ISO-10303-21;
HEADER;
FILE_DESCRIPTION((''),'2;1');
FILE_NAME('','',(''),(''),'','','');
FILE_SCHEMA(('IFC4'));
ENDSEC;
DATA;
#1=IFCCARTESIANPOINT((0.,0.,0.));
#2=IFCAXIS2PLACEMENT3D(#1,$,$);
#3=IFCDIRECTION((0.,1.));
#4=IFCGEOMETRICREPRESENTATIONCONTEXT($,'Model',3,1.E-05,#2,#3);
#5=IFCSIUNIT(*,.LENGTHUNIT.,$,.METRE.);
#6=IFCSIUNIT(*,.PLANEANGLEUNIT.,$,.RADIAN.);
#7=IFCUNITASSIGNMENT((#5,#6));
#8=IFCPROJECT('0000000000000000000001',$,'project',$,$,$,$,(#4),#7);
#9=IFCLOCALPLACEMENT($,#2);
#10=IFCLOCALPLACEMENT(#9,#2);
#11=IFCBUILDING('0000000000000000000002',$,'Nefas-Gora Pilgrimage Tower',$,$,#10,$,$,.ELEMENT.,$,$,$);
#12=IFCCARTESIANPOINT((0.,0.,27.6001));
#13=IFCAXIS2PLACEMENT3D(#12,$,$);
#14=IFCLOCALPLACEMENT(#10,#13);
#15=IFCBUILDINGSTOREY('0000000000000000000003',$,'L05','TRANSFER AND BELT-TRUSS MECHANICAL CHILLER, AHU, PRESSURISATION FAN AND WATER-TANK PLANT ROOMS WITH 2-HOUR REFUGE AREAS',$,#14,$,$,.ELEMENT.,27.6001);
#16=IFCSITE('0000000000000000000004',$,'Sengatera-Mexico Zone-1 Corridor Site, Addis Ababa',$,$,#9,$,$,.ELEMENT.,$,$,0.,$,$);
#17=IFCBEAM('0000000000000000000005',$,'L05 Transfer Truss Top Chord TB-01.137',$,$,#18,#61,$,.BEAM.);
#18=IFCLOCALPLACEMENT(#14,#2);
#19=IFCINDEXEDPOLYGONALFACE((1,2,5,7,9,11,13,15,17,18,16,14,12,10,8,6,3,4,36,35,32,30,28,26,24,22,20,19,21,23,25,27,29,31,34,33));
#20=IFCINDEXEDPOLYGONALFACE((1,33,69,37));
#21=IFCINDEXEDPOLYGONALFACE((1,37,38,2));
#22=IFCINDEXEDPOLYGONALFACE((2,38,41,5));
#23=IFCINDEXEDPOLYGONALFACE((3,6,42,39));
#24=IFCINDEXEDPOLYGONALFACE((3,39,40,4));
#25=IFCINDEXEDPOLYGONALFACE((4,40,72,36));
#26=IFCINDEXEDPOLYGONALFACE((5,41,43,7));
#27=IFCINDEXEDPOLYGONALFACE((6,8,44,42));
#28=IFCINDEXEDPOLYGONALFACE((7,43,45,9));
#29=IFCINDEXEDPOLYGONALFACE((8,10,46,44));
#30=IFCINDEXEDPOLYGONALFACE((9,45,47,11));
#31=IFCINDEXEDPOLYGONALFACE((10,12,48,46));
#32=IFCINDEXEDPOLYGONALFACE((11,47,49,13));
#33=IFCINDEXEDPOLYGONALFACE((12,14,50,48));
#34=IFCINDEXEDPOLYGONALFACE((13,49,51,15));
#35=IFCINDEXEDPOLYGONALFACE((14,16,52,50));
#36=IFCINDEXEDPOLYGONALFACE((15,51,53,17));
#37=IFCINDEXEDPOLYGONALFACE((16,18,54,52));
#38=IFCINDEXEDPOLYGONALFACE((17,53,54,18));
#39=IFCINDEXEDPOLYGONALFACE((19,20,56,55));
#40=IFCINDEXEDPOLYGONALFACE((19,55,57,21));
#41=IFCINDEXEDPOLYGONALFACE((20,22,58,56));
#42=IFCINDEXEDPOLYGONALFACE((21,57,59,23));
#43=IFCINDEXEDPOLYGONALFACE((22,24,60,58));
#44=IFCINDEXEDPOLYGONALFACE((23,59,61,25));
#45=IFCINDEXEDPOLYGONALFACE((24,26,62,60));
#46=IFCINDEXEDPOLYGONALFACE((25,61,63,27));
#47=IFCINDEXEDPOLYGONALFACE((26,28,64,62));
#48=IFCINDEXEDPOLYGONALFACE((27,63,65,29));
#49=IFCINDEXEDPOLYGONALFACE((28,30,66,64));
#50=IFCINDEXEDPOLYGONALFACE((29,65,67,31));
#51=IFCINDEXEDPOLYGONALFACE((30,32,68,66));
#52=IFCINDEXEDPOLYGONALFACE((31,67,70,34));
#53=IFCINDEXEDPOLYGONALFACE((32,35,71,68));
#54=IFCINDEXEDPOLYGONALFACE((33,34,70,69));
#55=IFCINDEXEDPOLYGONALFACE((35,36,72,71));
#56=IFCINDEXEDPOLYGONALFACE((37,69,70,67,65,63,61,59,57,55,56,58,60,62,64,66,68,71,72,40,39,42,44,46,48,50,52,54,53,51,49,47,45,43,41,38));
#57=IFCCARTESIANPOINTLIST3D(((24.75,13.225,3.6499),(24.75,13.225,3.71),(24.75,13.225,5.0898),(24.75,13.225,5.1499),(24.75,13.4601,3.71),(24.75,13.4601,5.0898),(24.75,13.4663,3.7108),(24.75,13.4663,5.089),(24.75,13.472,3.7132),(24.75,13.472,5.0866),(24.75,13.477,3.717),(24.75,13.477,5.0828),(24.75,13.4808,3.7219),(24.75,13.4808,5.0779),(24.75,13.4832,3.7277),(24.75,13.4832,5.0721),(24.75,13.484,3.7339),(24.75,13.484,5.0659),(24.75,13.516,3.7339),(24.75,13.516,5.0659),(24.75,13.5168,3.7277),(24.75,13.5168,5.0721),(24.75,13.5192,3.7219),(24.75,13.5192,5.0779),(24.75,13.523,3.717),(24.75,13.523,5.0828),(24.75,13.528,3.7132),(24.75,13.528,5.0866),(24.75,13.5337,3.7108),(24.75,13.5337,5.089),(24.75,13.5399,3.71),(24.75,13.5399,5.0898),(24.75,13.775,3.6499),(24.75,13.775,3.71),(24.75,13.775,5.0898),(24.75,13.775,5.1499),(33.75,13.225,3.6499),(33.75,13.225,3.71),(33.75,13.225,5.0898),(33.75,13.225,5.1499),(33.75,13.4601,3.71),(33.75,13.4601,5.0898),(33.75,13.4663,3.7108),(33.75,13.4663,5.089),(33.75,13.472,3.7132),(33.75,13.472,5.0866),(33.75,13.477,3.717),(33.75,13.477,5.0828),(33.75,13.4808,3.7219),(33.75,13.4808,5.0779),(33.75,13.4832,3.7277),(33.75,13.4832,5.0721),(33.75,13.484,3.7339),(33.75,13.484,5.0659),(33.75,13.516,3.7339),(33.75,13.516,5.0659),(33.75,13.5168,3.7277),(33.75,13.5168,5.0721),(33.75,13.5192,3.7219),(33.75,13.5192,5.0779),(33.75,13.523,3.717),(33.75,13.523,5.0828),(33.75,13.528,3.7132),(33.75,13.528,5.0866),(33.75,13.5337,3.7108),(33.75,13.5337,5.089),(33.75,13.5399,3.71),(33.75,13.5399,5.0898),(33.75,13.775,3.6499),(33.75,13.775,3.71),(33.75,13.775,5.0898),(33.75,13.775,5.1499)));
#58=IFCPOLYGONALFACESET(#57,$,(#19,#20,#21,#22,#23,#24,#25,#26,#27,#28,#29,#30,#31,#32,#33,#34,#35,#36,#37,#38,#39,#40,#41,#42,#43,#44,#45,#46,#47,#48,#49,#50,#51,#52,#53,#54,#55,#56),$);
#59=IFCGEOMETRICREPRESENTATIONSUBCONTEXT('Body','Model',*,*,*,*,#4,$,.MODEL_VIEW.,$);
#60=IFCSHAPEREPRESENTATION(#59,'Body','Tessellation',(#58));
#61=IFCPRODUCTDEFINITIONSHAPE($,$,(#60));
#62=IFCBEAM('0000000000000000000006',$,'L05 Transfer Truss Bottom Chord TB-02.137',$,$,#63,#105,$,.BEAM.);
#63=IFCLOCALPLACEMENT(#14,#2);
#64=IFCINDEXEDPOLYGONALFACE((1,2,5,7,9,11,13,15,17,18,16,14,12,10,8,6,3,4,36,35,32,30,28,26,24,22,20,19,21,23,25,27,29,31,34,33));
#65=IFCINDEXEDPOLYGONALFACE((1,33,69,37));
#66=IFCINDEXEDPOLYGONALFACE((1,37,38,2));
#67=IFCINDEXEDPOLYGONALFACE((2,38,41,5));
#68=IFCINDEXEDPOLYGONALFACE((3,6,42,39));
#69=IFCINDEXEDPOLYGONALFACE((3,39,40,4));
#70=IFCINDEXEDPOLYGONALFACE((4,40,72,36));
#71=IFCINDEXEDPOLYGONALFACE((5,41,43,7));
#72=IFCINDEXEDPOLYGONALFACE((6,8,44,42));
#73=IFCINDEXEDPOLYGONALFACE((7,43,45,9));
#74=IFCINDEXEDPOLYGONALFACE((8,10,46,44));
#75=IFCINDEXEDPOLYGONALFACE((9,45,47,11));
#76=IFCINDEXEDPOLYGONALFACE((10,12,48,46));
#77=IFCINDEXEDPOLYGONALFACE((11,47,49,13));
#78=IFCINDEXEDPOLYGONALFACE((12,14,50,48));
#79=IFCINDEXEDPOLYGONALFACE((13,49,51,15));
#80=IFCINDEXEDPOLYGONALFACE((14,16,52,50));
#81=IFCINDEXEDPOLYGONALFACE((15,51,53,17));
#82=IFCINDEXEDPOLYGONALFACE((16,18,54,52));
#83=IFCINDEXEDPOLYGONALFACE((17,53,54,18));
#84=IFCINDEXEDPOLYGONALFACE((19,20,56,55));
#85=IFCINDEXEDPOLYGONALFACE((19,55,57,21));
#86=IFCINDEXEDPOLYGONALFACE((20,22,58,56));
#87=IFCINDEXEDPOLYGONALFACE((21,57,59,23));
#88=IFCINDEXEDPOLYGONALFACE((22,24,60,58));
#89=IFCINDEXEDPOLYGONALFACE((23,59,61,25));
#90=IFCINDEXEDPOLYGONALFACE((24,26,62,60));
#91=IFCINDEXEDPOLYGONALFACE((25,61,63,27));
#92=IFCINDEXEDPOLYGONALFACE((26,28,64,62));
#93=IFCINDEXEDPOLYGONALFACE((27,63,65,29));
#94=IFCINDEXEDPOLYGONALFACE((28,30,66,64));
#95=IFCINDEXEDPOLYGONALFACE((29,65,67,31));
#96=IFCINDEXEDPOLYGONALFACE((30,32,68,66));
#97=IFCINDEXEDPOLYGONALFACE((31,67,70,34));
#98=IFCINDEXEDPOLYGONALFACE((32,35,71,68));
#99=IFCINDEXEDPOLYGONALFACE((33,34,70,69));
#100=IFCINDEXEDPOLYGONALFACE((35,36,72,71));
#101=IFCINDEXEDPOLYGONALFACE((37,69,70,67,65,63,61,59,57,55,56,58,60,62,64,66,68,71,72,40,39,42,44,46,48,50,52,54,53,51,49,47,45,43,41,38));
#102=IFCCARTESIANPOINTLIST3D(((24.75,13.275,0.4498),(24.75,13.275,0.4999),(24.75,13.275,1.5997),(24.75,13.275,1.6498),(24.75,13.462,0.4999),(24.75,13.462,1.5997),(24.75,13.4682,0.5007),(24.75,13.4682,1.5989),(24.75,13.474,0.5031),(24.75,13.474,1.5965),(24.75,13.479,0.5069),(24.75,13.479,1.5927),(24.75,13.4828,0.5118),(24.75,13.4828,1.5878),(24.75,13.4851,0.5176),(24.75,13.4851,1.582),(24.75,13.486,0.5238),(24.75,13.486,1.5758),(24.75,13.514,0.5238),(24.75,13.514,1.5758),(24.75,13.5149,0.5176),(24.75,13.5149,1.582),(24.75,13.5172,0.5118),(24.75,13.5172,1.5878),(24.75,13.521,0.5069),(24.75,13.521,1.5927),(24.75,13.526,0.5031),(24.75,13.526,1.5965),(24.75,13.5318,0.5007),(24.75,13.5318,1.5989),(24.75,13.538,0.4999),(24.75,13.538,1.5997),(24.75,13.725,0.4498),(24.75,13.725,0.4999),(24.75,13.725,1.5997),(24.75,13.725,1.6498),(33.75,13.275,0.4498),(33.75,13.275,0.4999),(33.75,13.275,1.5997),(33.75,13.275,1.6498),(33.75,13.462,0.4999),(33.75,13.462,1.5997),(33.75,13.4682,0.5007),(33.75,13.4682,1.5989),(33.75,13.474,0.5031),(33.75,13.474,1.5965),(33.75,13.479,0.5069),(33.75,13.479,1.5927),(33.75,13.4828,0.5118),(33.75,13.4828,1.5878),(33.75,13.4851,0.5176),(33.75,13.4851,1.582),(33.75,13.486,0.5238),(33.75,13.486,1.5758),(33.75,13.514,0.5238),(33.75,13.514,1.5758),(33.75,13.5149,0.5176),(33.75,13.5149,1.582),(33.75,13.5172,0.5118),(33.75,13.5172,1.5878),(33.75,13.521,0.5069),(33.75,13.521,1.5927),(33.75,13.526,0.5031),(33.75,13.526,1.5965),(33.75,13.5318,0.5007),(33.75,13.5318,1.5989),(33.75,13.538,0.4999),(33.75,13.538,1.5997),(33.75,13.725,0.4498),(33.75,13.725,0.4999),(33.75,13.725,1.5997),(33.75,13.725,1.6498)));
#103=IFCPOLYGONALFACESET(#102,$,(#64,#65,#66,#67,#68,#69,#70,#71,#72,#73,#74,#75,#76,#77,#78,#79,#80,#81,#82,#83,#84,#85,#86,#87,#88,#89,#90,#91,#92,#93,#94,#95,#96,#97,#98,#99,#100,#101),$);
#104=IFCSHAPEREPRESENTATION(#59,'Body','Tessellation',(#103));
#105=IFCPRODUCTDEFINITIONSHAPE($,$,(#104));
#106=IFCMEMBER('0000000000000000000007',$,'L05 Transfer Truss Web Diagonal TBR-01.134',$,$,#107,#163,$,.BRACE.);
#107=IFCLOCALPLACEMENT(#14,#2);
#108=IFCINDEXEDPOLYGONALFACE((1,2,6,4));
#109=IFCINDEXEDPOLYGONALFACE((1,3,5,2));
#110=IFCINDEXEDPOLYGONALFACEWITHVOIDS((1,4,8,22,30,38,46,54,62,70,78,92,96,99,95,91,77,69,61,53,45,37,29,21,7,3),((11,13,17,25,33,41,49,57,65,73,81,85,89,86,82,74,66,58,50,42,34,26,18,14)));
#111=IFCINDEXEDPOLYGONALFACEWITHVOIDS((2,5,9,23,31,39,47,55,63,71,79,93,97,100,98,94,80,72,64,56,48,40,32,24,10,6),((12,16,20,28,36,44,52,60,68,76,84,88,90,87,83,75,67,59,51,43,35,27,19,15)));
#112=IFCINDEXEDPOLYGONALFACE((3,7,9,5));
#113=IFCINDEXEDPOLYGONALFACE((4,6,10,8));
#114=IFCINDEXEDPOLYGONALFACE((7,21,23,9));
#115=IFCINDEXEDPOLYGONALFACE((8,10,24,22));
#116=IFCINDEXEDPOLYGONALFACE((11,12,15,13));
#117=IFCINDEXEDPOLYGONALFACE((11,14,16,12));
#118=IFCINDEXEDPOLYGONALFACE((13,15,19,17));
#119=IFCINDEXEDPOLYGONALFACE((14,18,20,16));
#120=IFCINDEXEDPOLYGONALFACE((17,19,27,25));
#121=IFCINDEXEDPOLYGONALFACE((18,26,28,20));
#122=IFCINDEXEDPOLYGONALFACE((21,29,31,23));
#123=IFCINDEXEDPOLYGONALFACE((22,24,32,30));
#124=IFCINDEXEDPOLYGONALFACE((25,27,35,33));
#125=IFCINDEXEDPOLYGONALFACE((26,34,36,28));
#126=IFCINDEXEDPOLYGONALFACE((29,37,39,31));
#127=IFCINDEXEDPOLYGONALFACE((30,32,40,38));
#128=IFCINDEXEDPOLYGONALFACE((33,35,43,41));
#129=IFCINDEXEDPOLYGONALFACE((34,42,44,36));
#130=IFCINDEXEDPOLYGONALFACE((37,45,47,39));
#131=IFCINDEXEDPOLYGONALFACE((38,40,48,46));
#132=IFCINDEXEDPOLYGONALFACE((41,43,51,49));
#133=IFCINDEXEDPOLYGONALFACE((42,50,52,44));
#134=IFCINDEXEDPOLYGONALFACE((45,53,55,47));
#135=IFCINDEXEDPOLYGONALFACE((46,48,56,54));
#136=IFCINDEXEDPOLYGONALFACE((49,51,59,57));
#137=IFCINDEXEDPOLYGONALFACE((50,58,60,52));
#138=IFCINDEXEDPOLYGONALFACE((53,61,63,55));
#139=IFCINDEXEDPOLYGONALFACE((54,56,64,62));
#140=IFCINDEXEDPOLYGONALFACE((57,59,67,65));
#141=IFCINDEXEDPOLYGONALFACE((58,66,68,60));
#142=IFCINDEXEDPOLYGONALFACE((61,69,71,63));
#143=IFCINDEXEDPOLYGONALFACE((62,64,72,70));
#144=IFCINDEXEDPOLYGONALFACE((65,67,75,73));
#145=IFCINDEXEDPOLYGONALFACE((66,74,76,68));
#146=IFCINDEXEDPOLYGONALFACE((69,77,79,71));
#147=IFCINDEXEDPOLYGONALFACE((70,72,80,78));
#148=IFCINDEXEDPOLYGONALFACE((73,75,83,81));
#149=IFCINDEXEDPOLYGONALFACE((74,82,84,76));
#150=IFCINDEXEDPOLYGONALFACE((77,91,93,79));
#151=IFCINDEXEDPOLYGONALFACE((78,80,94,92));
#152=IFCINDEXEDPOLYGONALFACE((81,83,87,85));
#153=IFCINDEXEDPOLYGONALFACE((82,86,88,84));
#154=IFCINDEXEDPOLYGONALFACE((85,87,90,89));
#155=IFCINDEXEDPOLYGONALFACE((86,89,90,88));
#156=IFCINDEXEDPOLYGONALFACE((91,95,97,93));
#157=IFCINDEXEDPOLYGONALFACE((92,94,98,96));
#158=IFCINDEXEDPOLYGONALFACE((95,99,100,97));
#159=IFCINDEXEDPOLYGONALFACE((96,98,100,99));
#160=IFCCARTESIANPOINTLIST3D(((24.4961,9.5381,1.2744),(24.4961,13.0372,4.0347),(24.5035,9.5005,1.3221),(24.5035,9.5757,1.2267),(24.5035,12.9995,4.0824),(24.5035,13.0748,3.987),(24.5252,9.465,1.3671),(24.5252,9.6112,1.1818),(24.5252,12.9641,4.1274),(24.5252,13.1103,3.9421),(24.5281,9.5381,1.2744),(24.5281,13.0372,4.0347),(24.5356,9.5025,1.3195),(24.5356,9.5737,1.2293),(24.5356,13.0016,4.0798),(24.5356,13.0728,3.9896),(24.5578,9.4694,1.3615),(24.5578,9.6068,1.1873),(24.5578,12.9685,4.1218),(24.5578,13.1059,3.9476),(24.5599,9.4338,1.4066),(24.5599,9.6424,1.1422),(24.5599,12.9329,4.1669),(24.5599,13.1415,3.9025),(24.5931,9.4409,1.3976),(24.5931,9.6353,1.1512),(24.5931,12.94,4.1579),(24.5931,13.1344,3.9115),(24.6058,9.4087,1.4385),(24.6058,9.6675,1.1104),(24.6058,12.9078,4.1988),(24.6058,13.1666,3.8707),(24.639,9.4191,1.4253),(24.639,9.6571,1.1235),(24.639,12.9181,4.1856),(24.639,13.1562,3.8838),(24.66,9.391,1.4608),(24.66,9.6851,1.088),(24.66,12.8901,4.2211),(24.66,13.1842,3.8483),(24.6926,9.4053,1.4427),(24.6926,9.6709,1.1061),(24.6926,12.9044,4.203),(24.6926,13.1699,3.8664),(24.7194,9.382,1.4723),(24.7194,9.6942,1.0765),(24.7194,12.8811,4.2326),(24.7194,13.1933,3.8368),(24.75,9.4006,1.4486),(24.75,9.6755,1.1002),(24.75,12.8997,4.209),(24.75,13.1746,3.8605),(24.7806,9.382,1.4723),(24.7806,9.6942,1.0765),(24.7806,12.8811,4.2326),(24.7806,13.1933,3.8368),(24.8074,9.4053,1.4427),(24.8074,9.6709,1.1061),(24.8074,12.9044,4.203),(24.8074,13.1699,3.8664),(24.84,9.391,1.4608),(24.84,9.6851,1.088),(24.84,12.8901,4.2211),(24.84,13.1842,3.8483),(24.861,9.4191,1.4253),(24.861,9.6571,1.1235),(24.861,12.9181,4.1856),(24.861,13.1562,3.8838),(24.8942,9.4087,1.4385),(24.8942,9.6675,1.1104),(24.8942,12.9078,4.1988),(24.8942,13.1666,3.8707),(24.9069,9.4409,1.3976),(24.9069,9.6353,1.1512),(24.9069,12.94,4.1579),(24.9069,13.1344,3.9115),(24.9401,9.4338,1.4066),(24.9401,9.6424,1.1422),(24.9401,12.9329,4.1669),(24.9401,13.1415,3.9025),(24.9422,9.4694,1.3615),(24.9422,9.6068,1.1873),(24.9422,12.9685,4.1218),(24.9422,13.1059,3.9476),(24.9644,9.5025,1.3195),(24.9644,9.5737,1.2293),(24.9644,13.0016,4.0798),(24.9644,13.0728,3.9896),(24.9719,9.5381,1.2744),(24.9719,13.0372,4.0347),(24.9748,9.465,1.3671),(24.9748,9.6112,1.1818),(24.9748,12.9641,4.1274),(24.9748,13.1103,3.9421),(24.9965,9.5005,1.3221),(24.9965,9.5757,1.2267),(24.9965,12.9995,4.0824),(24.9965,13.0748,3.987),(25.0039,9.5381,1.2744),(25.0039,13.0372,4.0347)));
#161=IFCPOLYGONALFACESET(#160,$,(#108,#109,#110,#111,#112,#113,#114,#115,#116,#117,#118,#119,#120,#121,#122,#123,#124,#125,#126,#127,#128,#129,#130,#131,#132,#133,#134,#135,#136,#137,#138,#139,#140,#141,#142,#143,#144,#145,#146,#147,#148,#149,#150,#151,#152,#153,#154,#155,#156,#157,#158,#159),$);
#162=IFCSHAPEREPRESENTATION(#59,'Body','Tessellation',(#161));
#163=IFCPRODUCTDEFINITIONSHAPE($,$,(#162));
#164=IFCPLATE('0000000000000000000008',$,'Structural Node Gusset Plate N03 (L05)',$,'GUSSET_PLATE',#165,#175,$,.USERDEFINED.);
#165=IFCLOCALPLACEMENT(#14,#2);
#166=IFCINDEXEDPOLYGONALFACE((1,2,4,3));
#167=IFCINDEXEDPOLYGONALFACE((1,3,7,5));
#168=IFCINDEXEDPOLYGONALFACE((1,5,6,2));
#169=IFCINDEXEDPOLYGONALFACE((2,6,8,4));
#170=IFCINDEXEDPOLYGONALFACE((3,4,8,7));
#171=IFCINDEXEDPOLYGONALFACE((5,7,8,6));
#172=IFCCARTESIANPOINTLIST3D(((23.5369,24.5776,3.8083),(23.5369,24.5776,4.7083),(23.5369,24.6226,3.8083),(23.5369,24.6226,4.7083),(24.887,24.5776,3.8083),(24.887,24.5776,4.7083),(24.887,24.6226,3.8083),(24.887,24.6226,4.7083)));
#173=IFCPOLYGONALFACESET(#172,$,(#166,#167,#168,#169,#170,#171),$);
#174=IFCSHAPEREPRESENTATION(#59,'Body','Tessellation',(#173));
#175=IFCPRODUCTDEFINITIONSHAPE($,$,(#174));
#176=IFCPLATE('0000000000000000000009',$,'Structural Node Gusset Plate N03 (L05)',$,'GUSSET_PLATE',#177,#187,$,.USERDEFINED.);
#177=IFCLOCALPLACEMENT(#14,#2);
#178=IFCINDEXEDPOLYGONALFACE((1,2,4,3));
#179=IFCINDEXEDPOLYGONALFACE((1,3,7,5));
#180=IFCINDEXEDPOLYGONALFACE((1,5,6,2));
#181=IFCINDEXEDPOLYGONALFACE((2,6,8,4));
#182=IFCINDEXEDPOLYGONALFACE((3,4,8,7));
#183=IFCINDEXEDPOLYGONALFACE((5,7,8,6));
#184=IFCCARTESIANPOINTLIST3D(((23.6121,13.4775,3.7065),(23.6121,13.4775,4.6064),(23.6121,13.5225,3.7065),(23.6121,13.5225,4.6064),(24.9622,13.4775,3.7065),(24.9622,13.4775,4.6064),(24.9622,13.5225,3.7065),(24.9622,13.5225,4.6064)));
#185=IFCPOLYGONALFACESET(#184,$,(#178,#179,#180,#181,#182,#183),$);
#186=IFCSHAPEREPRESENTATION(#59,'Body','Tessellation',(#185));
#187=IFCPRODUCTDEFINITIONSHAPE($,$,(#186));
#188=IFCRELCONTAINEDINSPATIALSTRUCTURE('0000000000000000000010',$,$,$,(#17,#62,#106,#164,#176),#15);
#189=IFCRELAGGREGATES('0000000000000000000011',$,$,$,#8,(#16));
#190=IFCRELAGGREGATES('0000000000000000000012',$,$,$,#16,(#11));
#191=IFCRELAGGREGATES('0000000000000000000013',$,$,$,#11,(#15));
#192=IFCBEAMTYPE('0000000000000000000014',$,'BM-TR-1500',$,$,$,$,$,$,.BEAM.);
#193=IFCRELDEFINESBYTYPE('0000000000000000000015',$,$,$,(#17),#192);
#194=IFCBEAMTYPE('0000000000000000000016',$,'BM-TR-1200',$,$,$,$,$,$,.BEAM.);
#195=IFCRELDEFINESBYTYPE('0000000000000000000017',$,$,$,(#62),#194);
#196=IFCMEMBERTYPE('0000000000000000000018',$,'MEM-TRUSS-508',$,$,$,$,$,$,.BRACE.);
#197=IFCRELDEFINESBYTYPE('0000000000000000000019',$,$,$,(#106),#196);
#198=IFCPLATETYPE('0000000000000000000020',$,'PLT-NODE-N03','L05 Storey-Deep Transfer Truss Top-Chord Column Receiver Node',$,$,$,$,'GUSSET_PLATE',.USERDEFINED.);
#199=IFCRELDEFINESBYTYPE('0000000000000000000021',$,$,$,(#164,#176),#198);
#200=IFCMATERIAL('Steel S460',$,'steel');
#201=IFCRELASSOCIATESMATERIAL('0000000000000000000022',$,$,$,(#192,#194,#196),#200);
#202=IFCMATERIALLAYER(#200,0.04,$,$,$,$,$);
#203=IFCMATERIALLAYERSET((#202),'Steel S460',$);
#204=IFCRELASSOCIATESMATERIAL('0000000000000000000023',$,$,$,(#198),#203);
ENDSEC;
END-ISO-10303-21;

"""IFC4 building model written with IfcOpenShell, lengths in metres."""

from ifc_helpers import new_model, si_unit, direction, frame, origin, origin_2d, place, context, subcontext, project, spatial, rectangle, hollow_circle, i_section, extrude, source, transform, mapped, material, layer, layer_set, material_profile, profile_set, type_object, element, save


model = new_model("IFC4")

# Units and contexts
model_context = context("Model", 3, precision=1e-05, world=origin(), true_north=direction((0.0, 1.0)))
body_context = subcontext(model_context, "Body", "Model", "MODEL_VIEW")
ifc_project = project(units=[si_unit("LENGTHUNIT", "METRE"), si_unit("PLANEANGLEUNIT", "RADIAN")], contexts=[model_context])

# Site, building, storey
site_placement = place(None, origin())
site = spatial("IfcSite", under=ifc_project, at=site_placement, Name="Sengatera-Mexico Zone-1 Corridor Site, Addis Ababa", CompositionType="ELEMENT", RefElevation=0.0)
building_placement = place(site_placement, origin())
building = spatial("IfcBuilding", under=site, at=building_placement, Name="Nefas-Gora Pilgrimage Tower", CompositionType="ELEMENT")
storey_placement = place(building_placement, frame((0.0, 0.0, 27.6001)))
storey = spatial("IfcBuildingStorey", under=building, at=storey_placement, Name="L05", Description="TRANSFER AND BELT-TRUSS MECHANICAL CHILLER, AHU, PRESSURISATION FAN AND WATER-TANK PLANT ROOMS WITH 2-HOUR REFUGE AREAS", CompositionType="ELEMENT", Elevation=27.6001)

# Shared definitions
ifc_material = material(Name="Steel S460", Category="steel")

# Shared definitions
ifc_material_profile_1 = material_profile(ifc_material, i_section(OverallWidth=0.55, OverallDepth=1.5, WebThickness=0.032, FlangeThickness=0.0601, FilletRadius=0.0239, at=origin_2d()), Name="WPG 1500x550x32x60")
ifc_profile_set_1 = profile_set([ifc_material_profile_1], Name="Steel S460")
beam_type_1 = type_object("IfcBeamType", Name="BM-TR-1500", PredefinedType="BEAM", material=ifc_profile_set_1)
ifc_material_profile_2 = material_profile(ifc_material, i_section(OverallWidth=0.45, OverallDepth=1.2, WebThickness=0.0281, FlangeThickness=0.05, FilletRadius=0.0239, at=origin_2d()), Name="WPG 1200x450x28x50")
ifc_profile_set_2 = profile_set([ifc_material_profile_2], Name="Steel S460")
beam_type_2 = type_object("IfcBeamType", Name="BM-TR-1200", PredefinedType="BEAM", material=ifc_profile_set_2)

# Shared definitions
ifc_material_profile_3 = material_profile(ifc_material, hollow_circle(Radius=0.2539, WallThickness=0.032, at=origin_2d()), Name="CHS 508x32")
ifc_profile_set_3 = profile_set([ifc_material_profile_3], Name="Steel S460")
member_type = type_object("IfcMemberType", Name="MEM-TRUSS-508", PredefinedType="BRACE", material=ifc_profile_set_3)

# Beams
shared_shape_1 = source(origin(), body_context, "Body", "SweptSolid", [
    extrude(i_section(OverallWidth=0.55, OverallDepth=1.5, WebThickness=0.032, FlangeThickness=0.0601, FilletRadius=0.0239, at=origin_2d()), origin(), (0.0, 0.0, 1.0), 9.0),
])
beam_1_placement = place(storey_placement, frame((24.75, 13.5, 4.3999), z_axis=(1.0, 0.0, 0.0), x_axis=(0.0, 1.0, 0.0)))
element("IfcBeam", 1, at=beam_1_placement, inside=storey, type_object=beam_type_1, Name="L05 Transfer Truss Top Chord TB-01.137", PredefinedType="BEAM", context=body_context, shape_type="MappedRepresentation", body=[
    mapped(shared_shape_1, transform((0.0, 0.0, 0.0), x_axis=(1.0, 0.0, 0.0), y_axis=(0.0, 1.0, 0.0), z_axis=(0.0, 0.0, 1.0), scale=1.0)),
])
shared_shape_2 = source(origin(), body_context, "Body", "SweptSolid", [
    extrude(i_section(OverallWidth=0.45, OverallDepth=1.2, WebThickness=0.0281, FlangeThickness=0.05, FilletRadius=0.0239, at=origin_2d()), origin(), (0.0, 0.0, 1.0), 9.0),
])
beam_2_placement = place(storey_placement, frame((24.75, 13.5, 1.0498), z_axis=(1.0, 0.0, 0.0), x_axis=(0.0, 1.0, 0.0)))
element("IfcBeam", 2, at=beam_2_placement, inside=storey, type_object=beam_type_2, Name="L05 Transfer Truss Bottom Chord TB-02.137", PredefinedType="BEAM", context=body_context, shape_type="MappedRepresentation", body=[
    mapped(shared_shape_2, transform((0.0, 0.0, 0.0), x_axis=(1.0, 0.0, 0.0), y_axis=(0.0, 1.0, 0.0), z_axis=(0.0, 0.0, 1.0), scale=1.0)),
])

# Member
shared_shape_3 = source(origin(), body_context, "Body", "SweptSolid", [
    extrude(hollow_circle(Radius=0.2539, WallThickness=0.032, at=origin_2d()), origin(), (0.0, 0.0, 1.0), 4.4568),
])
member_placement = place(storey_placement, frame((24.75, 9.5381, 1.2744), z_axis=(0.0, 0.785115, 0.619349), x_axis=(-1.0, 0.0, 0.0)))
element("IfcMember", 3, at=member_placement, inside=storey, type_object=member_type, Name="L05 Transfer Truss Web Diagonal TBR-01.134", PredefinedType="BRACE", context=body_context, shape_type="MappedRepresentation", body=[
    mapped(shared_shape_3, transform((0.0, 0.0, 0.0), x_axis=(1.0, 0.0, 0.0), y_axis=(0.0, 1.0, 0.0), z_axis=(0.0, 0.0, 1.0), scale=1.0)),
])

# Plates
ifc_layer_1 = layer(ifc_material, 0.04)
ifc_layer_set_1 = layer_set([ifc_layer_1], Name="Steel S460")
plate_type_1 = type_object("IfcPlateType", Name="PLT-NODE-N03", Description="L05 Storey-Deep Transfer Truss Top-Chord Column Receiver Node", ElementType="GUSSET_PLATE", PredefinedType="USERDEFINED", material=ifc_layer_set_1)
shared_shape_4 = source(origin(), body_context, "Body", "SweptSolid", [
    extrude(rectangle(XDim=1.3501, YDim=0.0449, at=origin_2d()), origin(), (0.0, 0.0, 1.0), 0.8999),
])
for number, where, z_axis, x_axis, name in (
    (4, (24.2119, 24.6001, 3.8083), (0.0, 0.0, 1.0), (1.0, 0.0, 0.0), "Structural Node Gusset Plate N03 (L05)"),
    (5, (24.2871, 13.5, 3.7065), (0.0, 0.0, 1.0), (1.0, 0.0, 0.0), "Structural Node Gusset Plate N03 (L05)"),
):
    element("IfcPlate", number, at=place(storey_placement, frame(where, z_axis=z_axis, x_axis=x_axis)), inside=storey, type_object=plate_type_1, Name=name, ObjectType="GUSSET_PLATE", PredefinedType="USERDEFINED", context=body_context, shape_type="MappedRepresentation", body=[
        mapped(shared_shape_4, transform((0.0, 0.0, 0.0), x_axis=(1.0, 0.0, 0.0), y_axis=(0.0, 1.0, 0.0), z_axis=(0.0, 0.0, 1.0), scale=1.0)),
    ])

save(model, "model.ifc")
